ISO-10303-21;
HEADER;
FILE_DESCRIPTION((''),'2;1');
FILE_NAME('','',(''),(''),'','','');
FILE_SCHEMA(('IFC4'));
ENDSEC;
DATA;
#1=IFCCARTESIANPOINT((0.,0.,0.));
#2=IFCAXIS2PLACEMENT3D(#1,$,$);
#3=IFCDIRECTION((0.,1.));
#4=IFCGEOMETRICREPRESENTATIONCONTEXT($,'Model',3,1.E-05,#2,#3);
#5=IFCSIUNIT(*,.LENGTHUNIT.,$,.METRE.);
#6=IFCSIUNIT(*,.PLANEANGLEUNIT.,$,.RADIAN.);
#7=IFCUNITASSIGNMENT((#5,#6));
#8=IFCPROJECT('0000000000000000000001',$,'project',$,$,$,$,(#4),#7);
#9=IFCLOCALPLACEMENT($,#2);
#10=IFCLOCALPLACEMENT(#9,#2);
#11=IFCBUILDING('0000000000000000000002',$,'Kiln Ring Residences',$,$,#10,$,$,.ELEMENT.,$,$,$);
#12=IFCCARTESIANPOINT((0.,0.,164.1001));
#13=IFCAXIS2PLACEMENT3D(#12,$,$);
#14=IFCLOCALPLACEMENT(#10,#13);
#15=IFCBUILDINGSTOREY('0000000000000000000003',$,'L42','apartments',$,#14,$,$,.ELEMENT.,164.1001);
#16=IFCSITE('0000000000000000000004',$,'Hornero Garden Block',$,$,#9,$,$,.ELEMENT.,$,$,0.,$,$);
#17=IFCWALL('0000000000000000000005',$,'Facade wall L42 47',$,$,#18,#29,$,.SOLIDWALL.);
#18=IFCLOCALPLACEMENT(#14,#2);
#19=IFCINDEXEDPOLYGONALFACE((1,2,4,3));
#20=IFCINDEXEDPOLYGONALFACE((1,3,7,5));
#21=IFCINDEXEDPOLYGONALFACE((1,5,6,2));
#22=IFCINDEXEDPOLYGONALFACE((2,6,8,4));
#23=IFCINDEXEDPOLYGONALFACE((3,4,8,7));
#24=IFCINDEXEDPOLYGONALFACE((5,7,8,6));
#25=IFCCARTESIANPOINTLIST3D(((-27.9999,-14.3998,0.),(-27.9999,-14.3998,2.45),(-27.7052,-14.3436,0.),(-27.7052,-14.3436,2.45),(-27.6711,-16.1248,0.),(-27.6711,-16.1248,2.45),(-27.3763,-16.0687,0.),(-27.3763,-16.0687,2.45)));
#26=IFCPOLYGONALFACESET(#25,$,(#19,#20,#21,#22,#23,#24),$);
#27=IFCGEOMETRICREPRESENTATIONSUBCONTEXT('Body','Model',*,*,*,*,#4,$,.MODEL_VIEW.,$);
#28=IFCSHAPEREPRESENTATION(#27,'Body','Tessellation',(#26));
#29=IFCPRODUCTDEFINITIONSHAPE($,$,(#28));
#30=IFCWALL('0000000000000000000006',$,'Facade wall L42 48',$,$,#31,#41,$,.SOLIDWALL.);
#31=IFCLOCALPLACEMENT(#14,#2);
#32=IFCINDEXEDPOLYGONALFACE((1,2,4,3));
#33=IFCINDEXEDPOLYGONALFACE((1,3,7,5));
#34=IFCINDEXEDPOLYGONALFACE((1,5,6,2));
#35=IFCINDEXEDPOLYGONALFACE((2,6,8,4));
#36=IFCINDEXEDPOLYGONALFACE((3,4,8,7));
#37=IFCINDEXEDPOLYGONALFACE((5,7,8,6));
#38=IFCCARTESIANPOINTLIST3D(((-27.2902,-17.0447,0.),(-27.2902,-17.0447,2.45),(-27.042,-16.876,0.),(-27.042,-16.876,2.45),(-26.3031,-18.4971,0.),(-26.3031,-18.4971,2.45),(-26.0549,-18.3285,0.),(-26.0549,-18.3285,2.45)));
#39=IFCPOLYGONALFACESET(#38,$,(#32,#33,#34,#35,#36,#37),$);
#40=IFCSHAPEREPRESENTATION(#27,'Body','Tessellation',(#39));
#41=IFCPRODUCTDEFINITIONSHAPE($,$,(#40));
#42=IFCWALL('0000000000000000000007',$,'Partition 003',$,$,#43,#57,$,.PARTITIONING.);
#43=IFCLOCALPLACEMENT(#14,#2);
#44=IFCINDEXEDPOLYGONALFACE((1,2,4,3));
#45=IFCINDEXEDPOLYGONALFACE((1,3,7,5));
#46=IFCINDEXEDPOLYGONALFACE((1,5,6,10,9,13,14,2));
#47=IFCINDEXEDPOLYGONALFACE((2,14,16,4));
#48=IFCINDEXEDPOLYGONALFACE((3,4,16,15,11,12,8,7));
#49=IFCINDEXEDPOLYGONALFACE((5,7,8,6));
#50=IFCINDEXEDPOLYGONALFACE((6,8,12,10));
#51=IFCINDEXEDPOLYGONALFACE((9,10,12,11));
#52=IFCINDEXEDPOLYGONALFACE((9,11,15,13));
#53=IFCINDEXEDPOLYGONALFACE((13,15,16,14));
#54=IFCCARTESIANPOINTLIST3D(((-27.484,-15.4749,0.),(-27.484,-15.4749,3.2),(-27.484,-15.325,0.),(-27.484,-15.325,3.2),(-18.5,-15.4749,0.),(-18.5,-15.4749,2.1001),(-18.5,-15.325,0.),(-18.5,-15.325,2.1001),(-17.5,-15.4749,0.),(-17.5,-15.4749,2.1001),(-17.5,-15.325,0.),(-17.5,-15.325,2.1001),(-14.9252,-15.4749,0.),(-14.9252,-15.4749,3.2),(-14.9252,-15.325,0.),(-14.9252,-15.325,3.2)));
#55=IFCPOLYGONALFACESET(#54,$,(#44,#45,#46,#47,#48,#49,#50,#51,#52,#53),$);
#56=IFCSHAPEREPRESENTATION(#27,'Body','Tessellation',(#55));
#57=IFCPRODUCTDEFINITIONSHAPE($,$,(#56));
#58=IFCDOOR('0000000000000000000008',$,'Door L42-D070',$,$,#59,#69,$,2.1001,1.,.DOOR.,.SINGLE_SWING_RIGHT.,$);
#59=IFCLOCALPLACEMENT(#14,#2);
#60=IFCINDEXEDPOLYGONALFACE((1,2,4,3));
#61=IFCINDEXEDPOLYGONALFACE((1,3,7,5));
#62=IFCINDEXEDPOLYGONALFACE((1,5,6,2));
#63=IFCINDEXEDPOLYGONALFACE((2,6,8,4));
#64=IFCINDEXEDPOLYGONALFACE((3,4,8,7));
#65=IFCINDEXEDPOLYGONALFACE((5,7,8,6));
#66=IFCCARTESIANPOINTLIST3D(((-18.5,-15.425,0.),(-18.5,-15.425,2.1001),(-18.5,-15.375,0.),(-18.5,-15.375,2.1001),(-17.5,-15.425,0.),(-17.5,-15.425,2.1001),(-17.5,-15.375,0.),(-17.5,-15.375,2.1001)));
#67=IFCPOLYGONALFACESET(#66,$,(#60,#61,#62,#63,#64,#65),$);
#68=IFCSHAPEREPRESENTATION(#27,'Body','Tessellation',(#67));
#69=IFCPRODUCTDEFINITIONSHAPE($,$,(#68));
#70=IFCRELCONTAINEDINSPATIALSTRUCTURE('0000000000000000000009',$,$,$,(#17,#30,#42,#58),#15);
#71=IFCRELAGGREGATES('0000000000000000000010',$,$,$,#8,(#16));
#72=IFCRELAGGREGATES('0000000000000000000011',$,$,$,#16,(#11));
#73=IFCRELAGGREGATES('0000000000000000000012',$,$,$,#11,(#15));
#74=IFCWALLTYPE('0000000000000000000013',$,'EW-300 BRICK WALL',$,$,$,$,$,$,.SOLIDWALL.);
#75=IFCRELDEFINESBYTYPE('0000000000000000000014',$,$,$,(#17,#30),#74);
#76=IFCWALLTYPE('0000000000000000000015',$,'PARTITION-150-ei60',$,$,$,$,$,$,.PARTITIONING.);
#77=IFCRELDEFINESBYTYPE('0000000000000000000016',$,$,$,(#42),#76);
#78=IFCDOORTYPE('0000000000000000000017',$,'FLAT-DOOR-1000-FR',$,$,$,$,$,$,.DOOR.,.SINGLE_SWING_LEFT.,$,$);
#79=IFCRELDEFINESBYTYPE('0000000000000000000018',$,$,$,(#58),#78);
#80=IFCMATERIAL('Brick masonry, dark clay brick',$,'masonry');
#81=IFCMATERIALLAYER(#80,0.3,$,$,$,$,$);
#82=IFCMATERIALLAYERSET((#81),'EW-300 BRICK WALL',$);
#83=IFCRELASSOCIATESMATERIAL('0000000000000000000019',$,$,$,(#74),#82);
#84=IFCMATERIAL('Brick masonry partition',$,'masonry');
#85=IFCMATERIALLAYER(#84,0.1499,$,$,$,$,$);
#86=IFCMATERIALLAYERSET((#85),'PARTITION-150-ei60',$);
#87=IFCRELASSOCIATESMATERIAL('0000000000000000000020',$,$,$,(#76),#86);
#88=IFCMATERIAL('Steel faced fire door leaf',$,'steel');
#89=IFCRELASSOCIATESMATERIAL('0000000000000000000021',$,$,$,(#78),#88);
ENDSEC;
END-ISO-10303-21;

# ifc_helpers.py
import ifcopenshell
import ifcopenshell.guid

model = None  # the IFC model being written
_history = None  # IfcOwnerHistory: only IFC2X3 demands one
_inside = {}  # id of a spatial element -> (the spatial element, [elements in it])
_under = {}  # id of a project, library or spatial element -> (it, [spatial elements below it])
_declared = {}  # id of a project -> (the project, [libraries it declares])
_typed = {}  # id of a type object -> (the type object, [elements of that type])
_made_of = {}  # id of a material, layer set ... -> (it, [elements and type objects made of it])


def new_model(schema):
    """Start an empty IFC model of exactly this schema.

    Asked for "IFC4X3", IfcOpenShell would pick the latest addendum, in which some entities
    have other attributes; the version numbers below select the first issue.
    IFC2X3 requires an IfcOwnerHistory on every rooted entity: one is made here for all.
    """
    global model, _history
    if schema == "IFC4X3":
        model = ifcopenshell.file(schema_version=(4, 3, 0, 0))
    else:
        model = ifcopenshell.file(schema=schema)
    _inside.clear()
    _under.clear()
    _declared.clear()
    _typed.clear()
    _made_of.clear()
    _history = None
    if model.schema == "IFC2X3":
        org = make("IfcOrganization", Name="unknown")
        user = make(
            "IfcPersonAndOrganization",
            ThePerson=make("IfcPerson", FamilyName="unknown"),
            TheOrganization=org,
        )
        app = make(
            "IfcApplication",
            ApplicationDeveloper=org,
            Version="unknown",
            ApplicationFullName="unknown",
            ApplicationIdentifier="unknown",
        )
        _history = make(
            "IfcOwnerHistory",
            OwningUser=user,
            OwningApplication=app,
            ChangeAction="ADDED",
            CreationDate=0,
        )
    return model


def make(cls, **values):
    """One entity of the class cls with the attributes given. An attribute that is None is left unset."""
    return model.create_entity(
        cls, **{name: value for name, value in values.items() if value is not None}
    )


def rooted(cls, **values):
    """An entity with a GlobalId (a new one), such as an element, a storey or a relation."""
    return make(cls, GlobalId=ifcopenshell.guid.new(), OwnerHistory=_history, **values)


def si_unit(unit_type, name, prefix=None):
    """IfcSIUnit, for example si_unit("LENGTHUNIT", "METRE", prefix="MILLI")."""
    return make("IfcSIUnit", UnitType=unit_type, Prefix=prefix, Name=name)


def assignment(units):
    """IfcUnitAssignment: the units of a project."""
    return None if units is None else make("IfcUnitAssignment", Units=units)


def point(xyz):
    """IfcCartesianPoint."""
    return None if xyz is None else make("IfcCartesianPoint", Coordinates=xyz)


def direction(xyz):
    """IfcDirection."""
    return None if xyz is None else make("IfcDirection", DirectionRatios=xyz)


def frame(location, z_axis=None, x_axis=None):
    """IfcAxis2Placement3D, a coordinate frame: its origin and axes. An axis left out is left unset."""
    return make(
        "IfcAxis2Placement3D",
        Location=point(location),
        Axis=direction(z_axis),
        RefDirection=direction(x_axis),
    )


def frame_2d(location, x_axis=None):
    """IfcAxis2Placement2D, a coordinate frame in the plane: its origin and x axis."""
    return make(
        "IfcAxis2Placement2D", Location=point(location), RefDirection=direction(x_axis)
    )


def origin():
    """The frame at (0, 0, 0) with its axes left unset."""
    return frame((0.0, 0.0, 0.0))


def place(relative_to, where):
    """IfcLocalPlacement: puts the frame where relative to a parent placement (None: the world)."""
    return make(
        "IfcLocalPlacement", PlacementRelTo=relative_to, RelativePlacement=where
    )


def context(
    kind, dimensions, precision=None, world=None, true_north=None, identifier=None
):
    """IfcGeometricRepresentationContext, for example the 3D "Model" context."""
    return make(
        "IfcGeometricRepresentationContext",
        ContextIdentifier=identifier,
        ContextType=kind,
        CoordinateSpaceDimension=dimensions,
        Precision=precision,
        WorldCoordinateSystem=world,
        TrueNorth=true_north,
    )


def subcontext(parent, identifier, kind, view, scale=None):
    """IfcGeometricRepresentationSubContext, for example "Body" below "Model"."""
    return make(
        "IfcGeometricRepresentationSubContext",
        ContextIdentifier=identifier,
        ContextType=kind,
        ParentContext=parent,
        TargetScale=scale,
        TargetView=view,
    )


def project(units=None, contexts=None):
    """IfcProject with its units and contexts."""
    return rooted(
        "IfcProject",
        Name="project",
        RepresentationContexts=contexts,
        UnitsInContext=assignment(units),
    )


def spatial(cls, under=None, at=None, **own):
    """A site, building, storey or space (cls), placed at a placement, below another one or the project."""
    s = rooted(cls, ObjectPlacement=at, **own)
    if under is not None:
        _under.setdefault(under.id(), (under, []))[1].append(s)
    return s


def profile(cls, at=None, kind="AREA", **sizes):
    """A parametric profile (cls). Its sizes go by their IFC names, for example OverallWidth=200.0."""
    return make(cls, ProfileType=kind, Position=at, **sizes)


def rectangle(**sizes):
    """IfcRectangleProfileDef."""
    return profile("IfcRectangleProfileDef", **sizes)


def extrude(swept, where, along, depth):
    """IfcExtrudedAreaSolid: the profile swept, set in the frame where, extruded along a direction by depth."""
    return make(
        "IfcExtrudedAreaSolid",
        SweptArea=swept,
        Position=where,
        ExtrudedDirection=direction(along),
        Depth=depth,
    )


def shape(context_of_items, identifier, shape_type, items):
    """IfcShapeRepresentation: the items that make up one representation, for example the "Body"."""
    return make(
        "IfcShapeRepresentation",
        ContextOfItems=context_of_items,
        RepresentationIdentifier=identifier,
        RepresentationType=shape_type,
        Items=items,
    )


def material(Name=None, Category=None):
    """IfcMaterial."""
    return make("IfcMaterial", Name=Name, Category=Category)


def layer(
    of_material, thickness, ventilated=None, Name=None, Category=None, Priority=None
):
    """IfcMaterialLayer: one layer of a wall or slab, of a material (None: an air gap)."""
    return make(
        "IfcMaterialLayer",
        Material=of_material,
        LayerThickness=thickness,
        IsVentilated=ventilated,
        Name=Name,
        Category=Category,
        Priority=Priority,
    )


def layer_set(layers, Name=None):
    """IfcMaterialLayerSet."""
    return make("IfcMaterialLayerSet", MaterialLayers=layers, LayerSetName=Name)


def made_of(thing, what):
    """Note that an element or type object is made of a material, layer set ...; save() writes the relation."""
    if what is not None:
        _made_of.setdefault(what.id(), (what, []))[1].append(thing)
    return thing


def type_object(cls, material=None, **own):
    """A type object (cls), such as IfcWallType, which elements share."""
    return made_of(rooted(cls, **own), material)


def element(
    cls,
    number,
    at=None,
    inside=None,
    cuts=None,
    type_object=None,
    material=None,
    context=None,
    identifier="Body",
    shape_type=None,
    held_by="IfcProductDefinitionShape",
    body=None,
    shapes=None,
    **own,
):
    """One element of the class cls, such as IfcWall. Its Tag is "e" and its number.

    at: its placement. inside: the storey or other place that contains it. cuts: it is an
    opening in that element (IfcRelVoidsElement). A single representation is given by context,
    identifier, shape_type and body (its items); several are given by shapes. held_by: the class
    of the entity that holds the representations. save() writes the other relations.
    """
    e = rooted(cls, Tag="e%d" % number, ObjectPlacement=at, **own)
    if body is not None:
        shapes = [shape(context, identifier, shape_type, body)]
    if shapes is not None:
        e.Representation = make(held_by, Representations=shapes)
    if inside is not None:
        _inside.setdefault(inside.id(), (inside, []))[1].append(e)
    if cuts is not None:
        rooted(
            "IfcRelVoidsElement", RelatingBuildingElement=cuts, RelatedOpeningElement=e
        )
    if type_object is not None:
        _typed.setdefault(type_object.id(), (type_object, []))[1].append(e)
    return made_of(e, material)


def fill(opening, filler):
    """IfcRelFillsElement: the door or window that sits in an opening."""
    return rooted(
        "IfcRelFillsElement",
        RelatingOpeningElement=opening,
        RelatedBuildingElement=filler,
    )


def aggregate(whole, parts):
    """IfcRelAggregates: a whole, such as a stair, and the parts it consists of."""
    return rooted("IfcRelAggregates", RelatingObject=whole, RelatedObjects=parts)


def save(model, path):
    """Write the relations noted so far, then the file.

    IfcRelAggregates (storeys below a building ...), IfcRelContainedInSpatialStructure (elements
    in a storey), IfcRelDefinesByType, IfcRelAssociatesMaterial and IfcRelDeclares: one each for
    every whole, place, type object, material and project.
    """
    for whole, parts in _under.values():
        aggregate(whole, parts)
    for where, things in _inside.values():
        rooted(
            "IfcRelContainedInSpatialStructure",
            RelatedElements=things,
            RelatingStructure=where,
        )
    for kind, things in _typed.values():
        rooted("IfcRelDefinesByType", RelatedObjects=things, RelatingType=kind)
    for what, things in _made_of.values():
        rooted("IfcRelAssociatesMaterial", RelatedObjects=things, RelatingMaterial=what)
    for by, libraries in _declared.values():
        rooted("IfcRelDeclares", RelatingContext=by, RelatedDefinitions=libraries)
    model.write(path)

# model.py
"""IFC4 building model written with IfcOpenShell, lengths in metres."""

from ifc_helpers import new_model, si_unit, direction, frame, frame_2d, origin, place, context, subcontext, project, spatial, rectangle, extrude, material, layer, layer_set, type_object, element, fill, save


model = new_model("IFC4")

# Units and contexts
model_context = context("Model", 3, precision=1e-05, world=origin(), true_north=direction((0.0, 1.0)))
body_context = subcontext(model_context, "Body", "Model", "MODEL_VIEW")
ifc_project = project(units=[si_unit("LENGTHUNIT", "METRE"), si_unit("PLANEANGLEUNIT", "RADIAN")], contexts=[model_context])

# Site, building, storey
site_placement = place(None, origin())
site = spatial("IfcSite", under=ifc_project, at=site_placement, Name="Hornero Garden Block", CompositionType="ELEMENT", RefElevation=0.0)
building_placement = place(site_placement, origin())
building = spatial("IfcBuilding", under=site, at=building_placement, Name="Kiln Ring Residences", CompositionType="ELEMENT")
storey_placement = place(building_placement, frame((0.0, 0.0, 164.1001)))
storey = spatial("IfcBuildingStorey", under=building, at=storey_placement, Name="L42", Description="apartments", CompositionType="ELEMENT", Elevation=164.1001)

# Walls
ifc_material_1 = material(Name="Brick masonry, dark clay brick", Category="masonry")
ifc_layer_1 = layer(ifc_material_1, 0.3)
ifc_layer_set_1 = layer_set([ifc_layer_1], Name="EW-300 BRICK WALL")
wall_type_1 = type_object("IfcWallType", Name="EW-300 BRICK WALL", PredefinedType="SOLIDWALL", material=ifc_layer_set_1)
for number, where, z_axis, x_axis, name in (
    (1, (-27.8525, -14.3718, 0.0), (0.0, 0.0, 1.0), (0.187259, -0.982311, 0.0), "Facade wall L42 47"),
    (2, (-27.166, -16.9604, 0.0), (0.0, 0.0, 1.0), (0.562089, -0.827076, 0.0), "Facade wall L42 48"),
):
    element("IfcWall", number, at=place(storey_placement, frame(where, z_axis=z_axis, x_axis=x_axis)), inside=storey, type_object=wall_type_1, Name=name, PredefinedType="SOLIDWALL", context=body_context, shape_type="SweptSolid", body=[
        extrude(rectangle(XDim=1.7561, YDim=0.3, at=frame_2d((0.8779, 0.0))), origin(), (0.0, 0.0, 1.0), 2.45),
    ])

# Wall, opening, door
ifc_material_2 = material(Name="Brick masonry partition", Category="masonry")
ifc_layer_2 = layer(ifc_material_2, 0.1499)
ifc_layer_set_2 = layer_set([ifc_layer_2], Name="PARTITION-150-ei60")
wall_type_2 = type_object("IfcWallType", Name="PARTITION-150-ei60", PredefinedType="PARTITIONING", material=ifc_layer_set_2)
wall_1_placement = place(storey_placement, frame((-27.4839, -15.3999, 0.0), z_axis=(0.0, 0.0, 1.0), x_axis=(1.0, 0.0, 0.0)))
wall_1 = element("IfcWall", 3, at=wall_1_placement, inside=storey, type_object=wall_type_2, Name="Partition 003", PredefinedType="PARTITIONING", context=body_context, shape_type="SweptSolid", body=[
    extrude(rectangle(XDim=12.5588, YDim=0.1499, at=frame_2d((6.2793, 0.0))), origin(), (0.0, 0.0, 1.0), 3.2),
])
opening_1_placement = place(wall_1_placement, frame((8.9839, 0.0, 0.0)))
opening_1 = element("IfcOpeningElement", 4, at=opening_1_placement, cuts=wall_1, PredefinedType="OPENING", context=body_context, shape_type="SweptSolid", body=[
    extrude(rectangle(XDim=1.0, YDim=2.1001, at=frame_2d((0.5, 1.05))), frame((0.0, 0.085, 0.0), z_axis=(0.0, -1.0, 0.0), x_axis=(1.0, 0.0, 0.0)), (0.0, 0.0, 1.0), 0.1699),
])
ifc_material_3 = material(Name="Steel faced fire door leaf", Category="steel")
door_type_1 = type_object("IfcDoorType", Name="FLAT-DOOR-1000-FR", OperationType="SINGLE_SWING_LEFT", PredefinedType="DOOR", material=ifc_material_3)
door_1_placement = place(opening_1_placement, origin())
door_1 = element("IfcDoor", 5, at=door_1_placement, inside=storey, type_object=door_type_1, Name="Door L42-D070", OperationType="SINGLE_SWING_RIGHT", OverallHeight=2.1001, OverallWidth=1.0, PredefinedType="DOOR", context=body_context, shape_type="SweptSolid", body=[
    extrude(rectangle(XDim=1.0, YDim=2.1001, at=frame_2d((0.5, 1.05))), frame((0.0, 0.0249, 0.0), z_axis=(0.0, -1.0, 0.0), x_axis=(1.0, 0.0, 0.0)), (0.0, 0.0, 1.0), 0.05),
])
fill(opening_1, door_1)

save(model, "model.ifc")
